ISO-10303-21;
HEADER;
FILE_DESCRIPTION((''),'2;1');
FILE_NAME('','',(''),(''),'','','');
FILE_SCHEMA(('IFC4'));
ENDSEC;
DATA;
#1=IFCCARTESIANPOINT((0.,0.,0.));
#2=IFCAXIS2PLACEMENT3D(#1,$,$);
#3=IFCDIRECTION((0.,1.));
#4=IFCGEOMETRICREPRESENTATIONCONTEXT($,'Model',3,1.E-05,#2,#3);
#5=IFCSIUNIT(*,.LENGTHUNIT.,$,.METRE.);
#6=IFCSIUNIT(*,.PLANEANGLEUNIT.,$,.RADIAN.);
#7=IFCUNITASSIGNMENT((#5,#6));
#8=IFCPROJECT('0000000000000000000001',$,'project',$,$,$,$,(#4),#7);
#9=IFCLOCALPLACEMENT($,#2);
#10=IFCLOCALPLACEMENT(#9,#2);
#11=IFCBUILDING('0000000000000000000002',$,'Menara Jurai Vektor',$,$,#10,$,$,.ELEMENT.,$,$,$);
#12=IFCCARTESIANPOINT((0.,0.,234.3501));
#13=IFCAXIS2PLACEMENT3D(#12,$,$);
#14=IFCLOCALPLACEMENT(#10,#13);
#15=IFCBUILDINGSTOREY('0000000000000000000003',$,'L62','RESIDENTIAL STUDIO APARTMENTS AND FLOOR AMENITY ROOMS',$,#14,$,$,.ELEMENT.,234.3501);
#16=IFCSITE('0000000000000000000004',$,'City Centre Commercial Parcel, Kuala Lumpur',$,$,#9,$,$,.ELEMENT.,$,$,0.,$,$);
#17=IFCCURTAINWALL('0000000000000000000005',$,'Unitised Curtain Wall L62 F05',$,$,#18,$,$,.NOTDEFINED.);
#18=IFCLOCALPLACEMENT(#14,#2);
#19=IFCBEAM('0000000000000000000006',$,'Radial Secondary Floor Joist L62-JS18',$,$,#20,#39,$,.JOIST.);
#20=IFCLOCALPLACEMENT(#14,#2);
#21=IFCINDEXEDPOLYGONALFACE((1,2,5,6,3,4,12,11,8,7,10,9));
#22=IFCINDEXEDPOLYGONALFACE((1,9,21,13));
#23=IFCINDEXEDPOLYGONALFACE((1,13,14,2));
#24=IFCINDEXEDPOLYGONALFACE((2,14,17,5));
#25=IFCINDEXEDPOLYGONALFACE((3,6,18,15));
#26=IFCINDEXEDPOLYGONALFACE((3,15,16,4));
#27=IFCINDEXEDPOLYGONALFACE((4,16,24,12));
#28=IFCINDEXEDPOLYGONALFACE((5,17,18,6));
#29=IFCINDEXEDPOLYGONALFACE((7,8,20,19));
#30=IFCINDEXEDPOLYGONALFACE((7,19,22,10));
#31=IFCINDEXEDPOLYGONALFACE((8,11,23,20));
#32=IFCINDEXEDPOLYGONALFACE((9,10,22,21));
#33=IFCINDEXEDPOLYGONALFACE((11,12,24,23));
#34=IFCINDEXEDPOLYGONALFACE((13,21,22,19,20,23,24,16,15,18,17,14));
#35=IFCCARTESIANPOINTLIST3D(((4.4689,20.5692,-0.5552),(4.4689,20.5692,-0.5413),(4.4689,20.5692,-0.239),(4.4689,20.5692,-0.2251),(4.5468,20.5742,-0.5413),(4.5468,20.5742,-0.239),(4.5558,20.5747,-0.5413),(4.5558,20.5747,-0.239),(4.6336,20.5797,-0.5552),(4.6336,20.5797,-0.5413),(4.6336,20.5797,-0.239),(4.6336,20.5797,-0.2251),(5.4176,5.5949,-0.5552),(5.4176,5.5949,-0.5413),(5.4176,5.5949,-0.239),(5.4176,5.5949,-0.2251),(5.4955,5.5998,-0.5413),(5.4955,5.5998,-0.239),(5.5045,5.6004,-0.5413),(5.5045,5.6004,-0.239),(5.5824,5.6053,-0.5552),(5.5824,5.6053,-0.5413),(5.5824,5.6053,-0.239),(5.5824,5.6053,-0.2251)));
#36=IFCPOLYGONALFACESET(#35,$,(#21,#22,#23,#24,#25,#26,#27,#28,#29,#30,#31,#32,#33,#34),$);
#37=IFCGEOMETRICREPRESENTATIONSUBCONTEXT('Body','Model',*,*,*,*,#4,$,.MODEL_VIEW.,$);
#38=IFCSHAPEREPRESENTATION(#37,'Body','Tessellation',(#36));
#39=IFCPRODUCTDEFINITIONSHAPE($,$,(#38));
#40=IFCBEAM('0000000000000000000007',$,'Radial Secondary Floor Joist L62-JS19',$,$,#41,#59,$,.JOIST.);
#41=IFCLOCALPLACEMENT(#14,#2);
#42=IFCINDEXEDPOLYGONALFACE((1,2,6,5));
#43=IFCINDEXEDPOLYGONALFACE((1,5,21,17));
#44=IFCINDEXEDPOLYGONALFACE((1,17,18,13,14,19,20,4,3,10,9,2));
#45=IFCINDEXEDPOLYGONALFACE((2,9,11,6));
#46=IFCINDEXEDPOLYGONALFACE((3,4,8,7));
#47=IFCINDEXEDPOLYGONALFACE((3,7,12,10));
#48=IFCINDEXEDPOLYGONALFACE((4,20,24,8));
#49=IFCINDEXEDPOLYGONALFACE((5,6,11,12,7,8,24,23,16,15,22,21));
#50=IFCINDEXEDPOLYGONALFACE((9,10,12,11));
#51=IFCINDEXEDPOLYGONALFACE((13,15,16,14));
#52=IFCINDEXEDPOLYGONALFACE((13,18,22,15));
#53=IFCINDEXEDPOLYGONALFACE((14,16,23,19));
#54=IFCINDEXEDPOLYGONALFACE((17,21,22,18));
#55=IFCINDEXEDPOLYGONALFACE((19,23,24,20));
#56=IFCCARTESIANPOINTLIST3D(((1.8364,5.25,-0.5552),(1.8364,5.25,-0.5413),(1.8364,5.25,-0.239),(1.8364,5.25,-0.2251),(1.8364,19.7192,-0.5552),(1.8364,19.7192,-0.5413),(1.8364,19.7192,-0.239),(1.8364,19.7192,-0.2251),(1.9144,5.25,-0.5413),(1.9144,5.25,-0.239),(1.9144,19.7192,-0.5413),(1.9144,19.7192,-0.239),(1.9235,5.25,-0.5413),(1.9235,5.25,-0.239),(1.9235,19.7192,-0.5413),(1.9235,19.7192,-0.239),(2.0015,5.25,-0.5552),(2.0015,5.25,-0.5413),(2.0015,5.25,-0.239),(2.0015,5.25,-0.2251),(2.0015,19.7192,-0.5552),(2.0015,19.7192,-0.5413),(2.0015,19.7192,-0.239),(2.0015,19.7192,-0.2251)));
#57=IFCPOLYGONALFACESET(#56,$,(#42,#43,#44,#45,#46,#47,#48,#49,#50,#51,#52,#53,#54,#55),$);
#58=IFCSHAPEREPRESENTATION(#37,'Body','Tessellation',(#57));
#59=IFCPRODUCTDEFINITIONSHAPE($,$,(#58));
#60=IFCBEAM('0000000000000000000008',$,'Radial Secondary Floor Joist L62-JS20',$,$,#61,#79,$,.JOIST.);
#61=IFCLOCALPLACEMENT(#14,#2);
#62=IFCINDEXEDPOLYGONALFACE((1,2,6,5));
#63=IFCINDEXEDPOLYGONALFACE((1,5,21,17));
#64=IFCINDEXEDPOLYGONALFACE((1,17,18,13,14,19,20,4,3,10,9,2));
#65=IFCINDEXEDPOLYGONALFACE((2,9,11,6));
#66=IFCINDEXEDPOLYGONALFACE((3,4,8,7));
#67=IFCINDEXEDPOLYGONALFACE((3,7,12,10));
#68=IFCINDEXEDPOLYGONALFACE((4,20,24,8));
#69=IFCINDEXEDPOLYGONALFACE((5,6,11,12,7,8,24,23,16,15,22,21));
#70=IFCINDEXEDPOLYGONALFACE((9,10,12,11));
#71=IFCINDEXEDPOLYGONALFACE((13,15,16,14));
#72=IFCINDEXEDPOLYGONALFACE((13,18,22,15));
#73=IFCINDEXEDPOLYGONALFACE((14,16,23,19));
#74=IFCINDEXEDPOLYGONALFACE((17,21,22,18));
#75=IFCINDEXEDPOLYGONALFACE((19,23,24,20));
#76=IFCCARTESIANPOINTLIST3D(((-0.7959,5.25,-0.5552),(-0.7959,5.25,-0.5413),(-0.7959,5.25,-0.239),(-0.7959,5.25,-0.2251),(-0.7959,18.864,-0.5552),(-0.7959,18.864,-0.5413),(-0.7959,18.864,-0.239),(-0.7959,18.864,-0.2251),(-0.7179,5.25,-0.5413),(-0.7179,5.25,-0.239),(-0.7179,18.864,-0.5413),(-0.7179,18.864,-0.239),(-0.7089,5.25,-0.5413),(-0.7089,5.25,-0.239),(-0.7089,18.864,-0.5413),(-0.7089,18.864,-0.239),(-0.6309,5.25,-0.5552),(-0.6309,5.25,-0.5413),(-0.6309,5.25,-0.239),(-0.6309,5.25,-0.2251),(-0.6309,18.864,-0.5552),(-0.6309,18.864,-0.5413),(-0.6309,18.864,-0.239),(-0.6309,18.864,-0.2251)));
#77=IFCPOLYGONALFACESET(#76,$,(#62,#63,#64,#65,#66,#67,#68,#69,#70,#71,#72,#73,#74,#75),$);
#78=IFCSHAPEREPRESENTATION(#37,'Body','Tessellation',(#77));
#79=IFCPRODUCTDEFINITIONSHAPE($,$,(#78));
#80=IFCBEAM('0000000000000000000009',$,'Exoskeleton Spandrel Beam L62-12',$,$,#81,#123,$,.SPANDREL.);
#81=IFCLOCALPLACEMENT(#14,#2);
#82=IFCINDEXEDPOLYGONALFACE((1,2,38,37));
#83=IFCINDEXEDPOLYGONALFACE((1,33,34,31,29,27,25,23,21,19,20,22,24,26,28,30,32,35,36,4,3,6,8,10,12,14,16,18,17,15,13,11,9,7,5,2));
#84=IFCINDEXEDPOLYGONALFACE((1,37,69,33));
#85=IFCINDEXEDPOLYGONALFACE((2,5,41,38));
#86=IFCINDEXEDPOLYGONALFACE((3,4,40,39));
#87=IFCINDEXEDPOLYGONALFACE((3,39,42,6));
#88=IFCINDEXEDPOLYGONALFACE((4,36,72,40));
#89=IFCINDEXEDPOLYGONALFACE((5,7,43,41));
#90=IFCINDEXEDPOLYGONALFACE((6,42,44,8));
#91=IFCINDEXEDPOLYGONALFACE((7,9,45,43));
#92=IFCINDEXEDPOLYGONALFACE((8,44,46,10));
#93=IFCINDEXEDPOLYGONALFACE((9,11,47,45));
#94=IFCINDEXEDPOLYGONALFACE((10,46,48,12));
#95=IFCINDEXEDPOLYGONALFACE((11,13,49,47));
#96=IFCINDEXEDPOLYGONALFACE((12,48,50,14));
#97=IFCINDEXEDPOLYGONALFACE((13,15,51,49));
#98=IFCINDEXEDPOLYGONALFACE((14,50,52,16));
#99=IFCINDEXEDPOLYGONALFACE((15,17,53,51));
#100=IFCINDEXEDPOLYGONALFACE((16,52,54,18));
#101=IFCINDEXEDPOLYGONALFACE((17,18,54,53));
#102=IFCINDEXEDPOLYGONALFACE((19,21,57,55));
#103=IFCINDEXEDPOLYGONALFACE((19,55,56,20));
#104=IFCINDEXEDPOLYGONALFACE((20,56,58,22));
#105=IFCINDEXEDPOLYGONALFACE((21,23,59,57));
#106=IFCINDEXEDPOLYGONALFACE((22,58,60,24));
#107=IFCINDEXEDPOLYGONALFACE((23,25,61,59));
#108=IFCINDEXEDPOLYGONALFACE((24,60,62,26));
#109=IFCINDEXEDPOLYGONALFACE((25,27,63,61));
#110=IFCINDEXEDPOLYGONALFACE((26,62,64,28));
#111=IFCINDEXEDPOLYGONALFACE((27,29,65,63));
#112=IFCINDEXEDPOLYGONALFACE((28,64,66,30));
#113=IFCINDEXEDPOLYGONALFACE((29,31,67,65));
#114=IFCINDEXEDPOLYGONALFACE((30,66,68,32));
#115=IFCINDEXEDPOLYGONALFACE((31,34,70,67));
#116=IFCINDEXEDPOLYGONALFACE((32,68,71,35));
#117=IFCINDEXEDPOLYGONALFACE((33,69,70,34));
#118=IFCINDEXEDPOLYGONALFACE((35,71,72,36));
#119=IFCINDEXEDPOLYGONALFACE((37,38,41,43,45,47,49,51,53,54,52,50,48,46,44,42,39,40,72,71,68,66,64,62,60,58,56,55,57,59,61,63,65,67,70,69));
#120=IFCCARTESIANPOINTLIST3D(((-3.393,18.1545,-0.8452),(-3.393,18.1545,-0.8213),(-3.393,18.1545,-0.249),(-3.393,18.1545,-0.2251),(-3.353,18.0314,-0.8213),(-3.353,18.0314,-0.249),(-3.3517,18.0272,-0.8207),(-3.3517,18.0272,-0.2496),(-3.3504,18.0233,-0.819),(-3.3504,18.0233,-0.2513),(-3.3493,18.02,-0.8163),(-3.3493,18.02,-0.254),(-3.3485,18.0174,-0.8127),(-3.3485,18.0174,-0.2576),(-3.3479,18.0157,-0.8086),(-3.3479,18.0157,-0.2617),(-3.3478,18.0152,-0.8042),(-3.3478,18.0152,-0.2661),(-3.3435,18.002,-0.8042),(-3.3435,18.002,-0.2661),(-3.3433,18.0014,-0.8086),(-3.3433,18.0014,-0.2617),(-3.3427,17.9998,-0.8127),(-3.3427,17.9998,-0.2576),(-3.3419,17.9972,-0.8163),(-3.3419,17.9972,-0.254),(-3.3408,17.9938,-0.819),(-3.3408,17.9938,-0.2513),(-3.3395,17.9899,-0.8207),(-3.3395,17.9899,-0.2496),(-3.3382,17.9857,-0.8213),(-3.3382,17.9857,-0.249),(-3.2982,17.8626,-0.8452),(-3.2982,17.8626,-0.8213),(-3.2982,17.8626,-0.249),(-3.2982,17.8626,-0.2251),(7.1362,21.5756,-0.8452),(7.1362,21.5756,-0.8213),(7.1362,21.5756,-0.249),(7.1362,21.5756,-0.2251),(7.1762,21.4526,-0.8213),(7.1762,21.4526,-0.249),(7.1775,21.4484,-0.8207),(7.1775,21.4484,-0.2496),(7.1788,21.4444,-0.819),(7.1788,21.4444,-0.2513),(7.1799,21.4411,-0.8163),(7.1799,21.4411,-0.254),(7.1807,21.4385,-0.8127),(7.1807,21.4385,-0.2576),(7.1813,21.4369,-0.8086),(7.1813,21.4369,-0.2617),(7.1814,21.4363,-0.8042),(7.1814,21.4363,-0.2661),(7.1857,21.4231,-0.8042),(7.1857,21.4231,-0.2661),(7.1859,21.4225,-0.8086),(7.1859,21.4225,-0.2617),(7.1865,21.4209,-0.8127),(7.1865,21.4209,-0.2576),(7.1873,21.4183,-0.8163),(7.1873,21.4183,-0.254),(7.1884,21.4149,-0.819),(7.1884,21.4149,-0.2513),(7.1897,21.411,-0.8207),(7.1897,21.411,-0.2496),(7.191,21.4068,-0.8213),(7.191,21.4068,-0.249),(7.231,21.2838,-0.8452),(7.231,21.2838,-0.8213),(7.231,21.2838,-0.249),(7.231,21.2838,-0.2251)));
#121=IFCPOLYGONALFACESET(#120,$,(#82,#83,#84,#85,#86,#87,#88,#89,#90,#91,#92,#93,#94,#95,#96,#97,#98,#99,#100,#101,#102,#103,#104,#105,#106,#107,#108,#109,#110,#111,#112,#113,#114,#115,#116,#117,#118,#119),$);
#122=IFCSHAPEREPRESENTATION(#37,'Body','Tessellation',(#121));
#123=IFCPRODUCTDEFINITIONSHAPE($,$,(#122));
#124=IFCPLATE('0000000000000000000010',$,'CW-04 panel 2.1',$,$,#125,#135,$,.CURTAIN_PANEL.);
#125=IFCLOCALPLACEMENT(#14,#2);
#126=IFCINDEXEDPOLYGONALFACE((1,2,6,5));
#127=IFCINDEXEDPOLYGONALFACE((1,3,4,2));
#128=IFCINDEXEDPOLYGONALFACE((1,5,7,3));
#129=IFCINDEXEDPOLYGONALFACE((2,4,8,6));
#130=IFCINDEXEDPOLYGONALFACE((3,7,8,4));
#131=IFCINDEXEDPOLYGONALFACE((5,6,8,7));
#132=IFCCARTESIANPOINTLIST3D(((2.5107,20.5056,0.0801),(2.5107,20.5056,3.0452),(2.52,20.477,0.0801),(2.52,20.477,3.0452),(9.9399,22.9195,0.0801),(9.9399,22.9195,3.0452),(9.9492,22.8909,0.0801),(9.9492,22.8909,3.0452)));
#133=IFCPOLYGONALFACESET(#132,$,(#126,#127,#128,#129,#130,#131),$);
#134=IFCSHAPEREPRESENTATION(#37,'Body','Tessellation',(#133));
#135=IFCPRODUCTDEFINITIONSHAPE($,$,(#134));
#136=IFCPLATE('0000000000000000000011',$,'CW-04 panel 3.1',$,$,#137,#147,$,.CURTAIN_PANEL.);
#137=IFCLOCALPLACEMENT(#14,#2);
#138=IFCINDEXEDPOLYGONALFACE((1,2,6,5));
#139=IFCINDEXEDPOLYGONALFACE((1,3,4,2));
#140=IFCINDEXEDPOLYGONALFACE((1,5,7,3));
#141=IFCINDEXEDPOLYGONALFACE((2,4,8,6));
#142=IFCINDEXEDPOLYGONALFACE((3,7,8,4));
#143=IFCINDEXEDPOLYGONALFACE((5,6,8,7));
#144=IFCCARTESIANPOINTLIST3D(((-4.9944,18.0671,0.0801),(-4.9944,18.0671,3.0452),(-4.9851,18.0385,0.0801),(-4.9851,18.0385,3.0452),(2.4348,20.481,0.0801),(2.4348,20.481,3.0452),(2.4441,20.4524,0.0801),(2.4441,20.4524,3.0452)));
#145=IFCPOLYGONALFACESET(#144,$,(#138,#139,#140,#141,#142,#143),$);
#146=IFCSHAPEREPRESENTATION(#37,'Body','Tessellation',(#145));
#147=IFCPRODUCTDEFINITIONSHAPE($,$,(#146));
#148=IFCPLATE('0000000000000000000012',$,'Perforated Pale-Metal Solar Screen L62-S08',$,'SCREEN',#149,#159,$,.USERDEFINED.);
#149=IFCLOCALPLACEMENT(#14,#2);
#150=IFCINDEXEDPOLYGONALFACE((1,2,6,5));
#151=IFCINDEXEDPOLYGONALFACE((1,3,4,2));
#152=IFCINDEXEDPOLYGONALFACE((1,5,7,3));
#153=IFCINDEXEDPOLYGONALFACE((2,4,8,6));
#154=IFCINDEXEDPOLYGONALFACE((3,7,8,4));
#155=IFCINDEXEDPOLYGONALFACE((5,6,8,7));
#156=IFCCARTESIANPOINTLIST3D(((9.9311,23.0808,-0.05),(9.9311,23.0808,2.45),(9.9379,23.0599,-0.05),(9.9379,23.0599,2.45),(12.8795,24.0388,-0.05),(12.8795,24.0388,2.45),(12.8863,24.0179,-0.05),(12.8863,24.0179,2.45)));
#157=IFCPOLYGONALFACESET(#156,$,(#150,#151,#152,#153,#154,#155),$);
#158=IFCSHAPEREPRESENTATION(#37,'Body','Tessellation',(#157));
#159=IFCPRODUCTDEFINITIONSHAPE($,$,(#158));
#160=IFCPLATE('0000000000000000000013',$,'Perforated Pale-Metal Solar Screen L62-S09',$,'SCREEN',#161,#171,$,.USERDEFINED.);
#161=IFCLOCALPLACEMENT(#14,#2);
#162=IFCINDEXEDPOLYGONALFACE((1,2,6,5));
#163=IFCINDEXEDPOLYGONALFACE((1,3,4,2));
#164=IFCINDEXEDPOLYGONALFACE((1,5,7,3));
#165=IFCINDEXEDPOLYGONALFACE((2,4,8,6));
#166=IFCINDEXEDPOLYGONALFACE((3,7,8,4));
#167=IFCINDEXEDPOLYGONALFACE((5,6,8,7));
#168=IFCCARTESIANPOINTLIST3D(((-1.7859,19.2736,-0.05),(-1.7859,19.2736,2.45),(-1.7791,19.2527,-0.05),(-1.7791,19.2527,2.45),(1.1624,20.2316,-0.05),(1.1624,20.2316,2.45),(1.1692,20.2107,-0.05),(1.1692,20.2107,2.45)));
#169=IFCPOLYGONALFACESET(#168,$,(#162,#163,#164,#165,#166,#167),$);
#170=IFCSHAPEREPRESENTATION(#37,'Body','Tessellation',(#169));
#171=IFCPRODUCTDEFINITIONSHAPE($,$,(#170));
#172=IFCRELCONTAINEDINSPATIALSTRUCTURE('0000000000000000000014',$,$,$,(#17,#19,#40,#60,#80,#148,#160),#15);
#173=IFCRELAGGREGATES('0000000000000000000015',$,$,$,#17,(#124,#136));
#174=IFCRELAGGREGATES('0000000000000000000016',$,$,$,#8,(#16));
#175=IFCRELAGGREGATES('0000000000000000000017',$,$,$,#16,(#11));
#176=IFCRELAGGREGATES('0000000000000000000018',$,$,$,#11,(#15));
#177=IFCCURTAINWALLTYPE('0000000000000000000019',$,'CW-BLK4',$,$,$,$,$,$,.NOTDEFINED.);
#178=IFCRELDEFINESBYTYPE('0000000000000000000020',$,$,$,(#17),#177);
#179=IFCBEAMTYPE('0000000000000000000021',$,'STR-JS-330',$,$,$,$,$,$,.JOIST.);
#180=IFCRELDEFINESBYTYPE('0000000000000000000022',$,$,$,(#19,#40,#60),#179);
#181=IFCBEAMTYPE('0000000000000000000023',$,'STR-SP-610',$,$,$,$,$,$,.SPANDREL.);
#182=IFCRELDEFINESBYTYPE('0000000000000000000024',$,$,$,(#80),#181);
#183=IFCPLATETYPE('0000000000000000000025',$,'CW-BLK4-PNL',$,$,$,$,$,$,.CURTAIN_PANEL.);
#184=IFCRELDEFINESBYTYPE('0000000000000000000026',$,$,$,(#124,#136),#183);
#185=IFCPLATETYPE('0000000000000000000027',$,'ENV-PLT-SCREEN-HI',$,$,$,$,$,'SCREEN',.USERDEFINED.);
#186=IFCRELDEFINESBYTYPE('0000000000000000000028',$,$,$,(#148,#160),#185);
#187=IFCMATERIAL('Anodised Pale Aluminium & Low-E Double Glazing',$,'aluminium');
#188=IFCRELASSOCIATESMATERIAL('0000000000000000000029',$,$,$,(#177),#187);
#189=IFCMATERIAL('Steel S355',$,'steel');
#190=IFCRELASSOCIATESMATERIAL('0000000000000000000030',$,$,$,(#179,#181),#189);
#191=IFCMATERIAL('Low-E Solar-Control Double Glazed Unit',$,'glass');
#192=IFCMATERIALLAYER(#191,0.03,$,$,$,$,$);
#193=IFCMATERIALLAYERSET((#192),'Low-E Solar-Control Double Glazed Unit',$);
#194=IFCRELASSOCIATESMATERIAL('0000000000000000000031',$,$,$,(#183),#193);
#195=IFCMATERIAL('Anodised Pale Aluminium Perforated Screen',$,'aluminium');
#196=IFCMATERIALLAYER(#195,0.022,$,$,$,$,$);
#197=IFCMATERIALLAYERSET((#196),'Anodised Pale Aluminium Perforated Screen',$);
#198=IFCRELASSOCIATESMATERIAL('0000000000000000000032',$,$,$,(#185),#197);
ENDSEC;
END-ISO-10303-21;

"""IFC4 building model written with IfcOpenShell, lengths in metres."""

from ifc_helpers import new_model, si_unit, direction, frame, origin, origin_2d, place, context, subcontext, project, spatial, rectangle, i_section, extrude, material, layer, layer_set, material_profile, profile_set, type_object, element, aggregate, save


model = new_model("IFC4")

# Units and contexts
model_context = context("Model", 3, precision=1e-05, world=origin(), true_north=direction((0.0, 1.0)))
body_context = subcontext(model_context, "Body", "Model", "MODEL_VIEW")
ifc_project = project(units=[si_unit("LENGTHUNIT", "METRE"), si_unit("PLANEANGLEUNIT", "RADIAN")], contexts=[model_context])

# Site, building, storey
site_placement = place(None, origin())
site = spatial("IfcSite", under=ifc_project, at=site_placement, Name="City Centre Commercial Parcel, Kuala Lumpur", CompositionType="ELEMENT", RefElevation=0.0)
building_placement = place(site_placement, origin())
building = spatial("IfcBuilding", under=site, at=building_placement, Name="Menara Jurai Vektor", CompositionType="ELEMENT")
storey_placement = place(building_placement, frame((0.0, 0.0, 234.3501)))
storey = spatial("IfcBuildingStorey", under=building, at=storey_placement, Name="L62", Description="RESIDENTIAL STUDIO APARTMENTS AND FLOOR AMENITY ROOMS", CompositionType="ELEMENT", Elevation=234.3501)

# Curtain wall
ifc_material_1 = material(Name="Anodised Pale Aluminium & Low-E Double Glazing", Category="aluminium")
curtain_wall_type = type_object("IfcCurtainWallType", Name="CW-BLK4", PredefinedType="NOTDEFINED", material=ifc_material_1)
curtain_wall_placement = place(storey_placement, origin())
curtain_wall = element("IfcCurtainWall", 1, at=curtain_wall_placement, inside=storey, type_object=curtain_wall_type, Name="Unitised Curtain Wall L62 F05", PredefinedType="NOTDEFINED")

# Beams
ifc_material_2 = material(Name="Steel S355", Category="steel")
ifc_material_profile_1 = material_profile(ifc_material_2, i_section(OverallWidth=0.165, OverallDepth=0.3301, WebThickness=0.009, FlangeThickness=0.0139, at=origin_2d()), Name="PG 330x165x46")
ifc_profile_set_1 = profile_set([ifc_material_profile_1], Name="Steel S355")
beam_type_1 = type_object("IfcBeamType", Name="STR-JS-330", PredefinedType="JOIST", material=ifc_profile_set_1)
beam_1_placement = place(storey_placement, frame((4.5513, 20.5745, -0.3901), z_axis=(0.06323, -0.997999, 0.0), x_axis=(0.997999, 0.06323, 0.0)))
element("IfcBeam", 2, at=beam_1_placement, inside=storey, type_object=beam_type_1, Name="Radial Secondary Floor Joist L62-JS18", PredefinedType="JOIST", context=body_context, shape_type="SweptSolid", body=[
    extrude(i_section(OverallWidth=0.165, OverallDepth=0.3301, WebThickness=0.009, FlangeThickness=0.0139, at=origin_2d()), origin(), (0.0, 0.0, 1.0), 15.0044),
])
beam_2_placement = place(storey_placement, frame((1.9189, 19.7192, -0.3901), z_axis=(0.0, -1.0, 0.0), x_axis=(1.0, 0.0, 0.0)))
element("IfcBeam", 3, at=beam_2_placement, inside=storey, type_object=beam_type_1, Name="Radial Secondary Floor Joist L62-JS19", PredefinedType="JOIST", context=body_context, shape_type="SweptSolid", body=[
    extrude(i_section(OverallWidth=0.165, OverallDepth=0.3301, WebThickness=0.009, FlangeThickness=0.0139, at=origin_2d()), origin(), (0.0, 0.0, 1.0), 14.4692),
])
beam_3_placement = place(storey_placement, frame((-0.7134, 18.864, -0.3901), z_axis=(0.0, -1.0, 0.0), x_axis=(1.0, 0.0, 0.0)))
element("IfcBeam", 4, at=beam_3_placement, inside=storey, type_object=beam_type_1, Name="Radial Secondary Floor Joist L62-JS20", PredefinedType="JOIST", context=body_context, shape_type="SweptSolid", body=[
    extrude(i_section(OverallWidth=0.165, OverallDepth=0.3301, WebThickness=0.009, FlangeThickness=0.0139, at=origin_2d()), origin(), (0.0, 0.0, 1.0), 13.614),
])
ifc_material_profile_2 = material_profile(ifc_material_2, i_section(OverallWidth=0.3069, OverallDepth=0.6201, WebThickness=0.0139, FlangeThickness=0.0239, FilletRadius=0.0171, at=origin_2d()), Name="UKB 610x305x179")
ifc_profile_set_2 = profile_set([ifc_material_profile_2], Name="Steel S355")
beam_type_2 = type_object("IfcBeamType", Name="STR-SP-610", PredefinedType="SPANDREL", material=ifc_profile_set_2)
beam_4_placement = place(storey_placement, frame((7.1836, 21.4297, -0.5352), z_axis=(-0.951057, -0.309014, 0.0), x_axis=(0.309014, -0.951057, 0.0)))
element("IfcBeam", 5, at=beam_4_placement, inside=storey, type_object=beam_type_2, Name="Exoskeleton Spandrel Beam L62-12", PredefinedType="SPANDREL", context=body_context, shape_type="SweptSolid", body=[
    extrude(i_section(OverallWidth=0.3069, OverallDepth=0.6201, WebThickness=0.0139, FlangeThickness=0.0239, FilletRadius=0.0171, at=origin_2d()), origin(), (0.0, 0.0, 1.0), 11.071),
])

# Plates
ifc_material_3 = material(Name="Low-E Solar-Control Double Glazed Unit", Category="glass")
ifc_layer_1 = layer(ifc_material_3, 0.03)
ifc_layer_set_1 = layer_set([ifc_layer_1], Name="Low-E Solar-Control Double Glazed Unit")
plate_type_1 = type_object("IfcPlateType", Name="CW-BLK4-PNL", PredefinedType="CURTAIN_PANEL", material=ifc_layer_set_1)
plate_1_placement = place(storey_placement, frame((6.23, 21.6982, 0.0801), z_axis=(0.0, 0.0, 1.0), x_axis=(-0.951056, -0.309017, 0.0)))
plate_1 = element("IfcPlate", 6, at=plate_1_placement, type_object=plate_type_1, Name="CW-04 panel 2.1", PredefinedType="CURTAIN_PANEL", context=body_context, shape_type="SweptSolid", body=[
    extrude(rectangle(XDim=7.8115, YDim=0.03, at=origin_2d()), origin(), (0.0, 0.0, 1.0), 2.9651),
])
plate_2_placement = place(storey_placement, frame((-1.2751, 19.2598, 0.0801), z_axis=(0.0, 0.0, 1.0), x_axis=(-0.951056, -0.309017, 0.0)))
plate_2 = element("IfcPlate", 7, at=plate_2_placement, type_object=plate_type_1, Name="CW-04 panel 3.1", PredefinedType="CURTAIN_PANEL", context=body_context, shape_type="SweptSolid", body=[
    extrude(rectangle(XDim=7.8115, YDim=0.03, at=origin_2d()), origin(), (0.0, 0.0, 1.0), 2.9651),
])
aggregate(curtain_wall, [plate_1, plate_2])

# Plates
ifc_material_4 = material(Name="Anodised Pale Aluminium Perforated Screen", Category="aluminium")
ifc_layer_2 = layer(ifc_material_4, 0.022)
ifc_layer_set_2 = layer_set([ifc_layer_2], Name="Anodised Pale Aluminium Perforated Screen")
plate_type_2 = type_object("IfcPlateType", Name="ENV-PLT-SCREEN-HI", ElementType="SCREEN", PredefinedType="USERDEFINED", material=ifc_layer_set_2)
for number, where, z_axis, x_axis, name in (
    (8, (11.4087, 23.5493, -0.05), (0.0, 0.0, 1.0), (-0.951057, -0.309017, 0.0), "Perforated Pale-Metal Solar Screen L62-S08"),
    (9, (-0.3083, 19.7422, -0.05), (0.0, 0.0, 1.0), (-0.951057, -0.309017, 0.0), "Perforated Pale-Metal Solar Screen L62-S09"),
):
    element("IfcPlate", number, at=place(storey_placement, frame(where, z_axis=z_axis, x_axis=x_axis)), inside=storey, type_object=plate_type_2, Name=name, ObjectType="SCREEN", PredefinedType="USERDEFINED", context=body_context, shape_type="SweptSolid", body=[
        extrude(rectangle(XDim=3.1001, YDim=0.022, at=origin_2d()), origin(), (0.0, 0.0, 1.0), 2.5),
    ])

save(model, "model.ifc")
